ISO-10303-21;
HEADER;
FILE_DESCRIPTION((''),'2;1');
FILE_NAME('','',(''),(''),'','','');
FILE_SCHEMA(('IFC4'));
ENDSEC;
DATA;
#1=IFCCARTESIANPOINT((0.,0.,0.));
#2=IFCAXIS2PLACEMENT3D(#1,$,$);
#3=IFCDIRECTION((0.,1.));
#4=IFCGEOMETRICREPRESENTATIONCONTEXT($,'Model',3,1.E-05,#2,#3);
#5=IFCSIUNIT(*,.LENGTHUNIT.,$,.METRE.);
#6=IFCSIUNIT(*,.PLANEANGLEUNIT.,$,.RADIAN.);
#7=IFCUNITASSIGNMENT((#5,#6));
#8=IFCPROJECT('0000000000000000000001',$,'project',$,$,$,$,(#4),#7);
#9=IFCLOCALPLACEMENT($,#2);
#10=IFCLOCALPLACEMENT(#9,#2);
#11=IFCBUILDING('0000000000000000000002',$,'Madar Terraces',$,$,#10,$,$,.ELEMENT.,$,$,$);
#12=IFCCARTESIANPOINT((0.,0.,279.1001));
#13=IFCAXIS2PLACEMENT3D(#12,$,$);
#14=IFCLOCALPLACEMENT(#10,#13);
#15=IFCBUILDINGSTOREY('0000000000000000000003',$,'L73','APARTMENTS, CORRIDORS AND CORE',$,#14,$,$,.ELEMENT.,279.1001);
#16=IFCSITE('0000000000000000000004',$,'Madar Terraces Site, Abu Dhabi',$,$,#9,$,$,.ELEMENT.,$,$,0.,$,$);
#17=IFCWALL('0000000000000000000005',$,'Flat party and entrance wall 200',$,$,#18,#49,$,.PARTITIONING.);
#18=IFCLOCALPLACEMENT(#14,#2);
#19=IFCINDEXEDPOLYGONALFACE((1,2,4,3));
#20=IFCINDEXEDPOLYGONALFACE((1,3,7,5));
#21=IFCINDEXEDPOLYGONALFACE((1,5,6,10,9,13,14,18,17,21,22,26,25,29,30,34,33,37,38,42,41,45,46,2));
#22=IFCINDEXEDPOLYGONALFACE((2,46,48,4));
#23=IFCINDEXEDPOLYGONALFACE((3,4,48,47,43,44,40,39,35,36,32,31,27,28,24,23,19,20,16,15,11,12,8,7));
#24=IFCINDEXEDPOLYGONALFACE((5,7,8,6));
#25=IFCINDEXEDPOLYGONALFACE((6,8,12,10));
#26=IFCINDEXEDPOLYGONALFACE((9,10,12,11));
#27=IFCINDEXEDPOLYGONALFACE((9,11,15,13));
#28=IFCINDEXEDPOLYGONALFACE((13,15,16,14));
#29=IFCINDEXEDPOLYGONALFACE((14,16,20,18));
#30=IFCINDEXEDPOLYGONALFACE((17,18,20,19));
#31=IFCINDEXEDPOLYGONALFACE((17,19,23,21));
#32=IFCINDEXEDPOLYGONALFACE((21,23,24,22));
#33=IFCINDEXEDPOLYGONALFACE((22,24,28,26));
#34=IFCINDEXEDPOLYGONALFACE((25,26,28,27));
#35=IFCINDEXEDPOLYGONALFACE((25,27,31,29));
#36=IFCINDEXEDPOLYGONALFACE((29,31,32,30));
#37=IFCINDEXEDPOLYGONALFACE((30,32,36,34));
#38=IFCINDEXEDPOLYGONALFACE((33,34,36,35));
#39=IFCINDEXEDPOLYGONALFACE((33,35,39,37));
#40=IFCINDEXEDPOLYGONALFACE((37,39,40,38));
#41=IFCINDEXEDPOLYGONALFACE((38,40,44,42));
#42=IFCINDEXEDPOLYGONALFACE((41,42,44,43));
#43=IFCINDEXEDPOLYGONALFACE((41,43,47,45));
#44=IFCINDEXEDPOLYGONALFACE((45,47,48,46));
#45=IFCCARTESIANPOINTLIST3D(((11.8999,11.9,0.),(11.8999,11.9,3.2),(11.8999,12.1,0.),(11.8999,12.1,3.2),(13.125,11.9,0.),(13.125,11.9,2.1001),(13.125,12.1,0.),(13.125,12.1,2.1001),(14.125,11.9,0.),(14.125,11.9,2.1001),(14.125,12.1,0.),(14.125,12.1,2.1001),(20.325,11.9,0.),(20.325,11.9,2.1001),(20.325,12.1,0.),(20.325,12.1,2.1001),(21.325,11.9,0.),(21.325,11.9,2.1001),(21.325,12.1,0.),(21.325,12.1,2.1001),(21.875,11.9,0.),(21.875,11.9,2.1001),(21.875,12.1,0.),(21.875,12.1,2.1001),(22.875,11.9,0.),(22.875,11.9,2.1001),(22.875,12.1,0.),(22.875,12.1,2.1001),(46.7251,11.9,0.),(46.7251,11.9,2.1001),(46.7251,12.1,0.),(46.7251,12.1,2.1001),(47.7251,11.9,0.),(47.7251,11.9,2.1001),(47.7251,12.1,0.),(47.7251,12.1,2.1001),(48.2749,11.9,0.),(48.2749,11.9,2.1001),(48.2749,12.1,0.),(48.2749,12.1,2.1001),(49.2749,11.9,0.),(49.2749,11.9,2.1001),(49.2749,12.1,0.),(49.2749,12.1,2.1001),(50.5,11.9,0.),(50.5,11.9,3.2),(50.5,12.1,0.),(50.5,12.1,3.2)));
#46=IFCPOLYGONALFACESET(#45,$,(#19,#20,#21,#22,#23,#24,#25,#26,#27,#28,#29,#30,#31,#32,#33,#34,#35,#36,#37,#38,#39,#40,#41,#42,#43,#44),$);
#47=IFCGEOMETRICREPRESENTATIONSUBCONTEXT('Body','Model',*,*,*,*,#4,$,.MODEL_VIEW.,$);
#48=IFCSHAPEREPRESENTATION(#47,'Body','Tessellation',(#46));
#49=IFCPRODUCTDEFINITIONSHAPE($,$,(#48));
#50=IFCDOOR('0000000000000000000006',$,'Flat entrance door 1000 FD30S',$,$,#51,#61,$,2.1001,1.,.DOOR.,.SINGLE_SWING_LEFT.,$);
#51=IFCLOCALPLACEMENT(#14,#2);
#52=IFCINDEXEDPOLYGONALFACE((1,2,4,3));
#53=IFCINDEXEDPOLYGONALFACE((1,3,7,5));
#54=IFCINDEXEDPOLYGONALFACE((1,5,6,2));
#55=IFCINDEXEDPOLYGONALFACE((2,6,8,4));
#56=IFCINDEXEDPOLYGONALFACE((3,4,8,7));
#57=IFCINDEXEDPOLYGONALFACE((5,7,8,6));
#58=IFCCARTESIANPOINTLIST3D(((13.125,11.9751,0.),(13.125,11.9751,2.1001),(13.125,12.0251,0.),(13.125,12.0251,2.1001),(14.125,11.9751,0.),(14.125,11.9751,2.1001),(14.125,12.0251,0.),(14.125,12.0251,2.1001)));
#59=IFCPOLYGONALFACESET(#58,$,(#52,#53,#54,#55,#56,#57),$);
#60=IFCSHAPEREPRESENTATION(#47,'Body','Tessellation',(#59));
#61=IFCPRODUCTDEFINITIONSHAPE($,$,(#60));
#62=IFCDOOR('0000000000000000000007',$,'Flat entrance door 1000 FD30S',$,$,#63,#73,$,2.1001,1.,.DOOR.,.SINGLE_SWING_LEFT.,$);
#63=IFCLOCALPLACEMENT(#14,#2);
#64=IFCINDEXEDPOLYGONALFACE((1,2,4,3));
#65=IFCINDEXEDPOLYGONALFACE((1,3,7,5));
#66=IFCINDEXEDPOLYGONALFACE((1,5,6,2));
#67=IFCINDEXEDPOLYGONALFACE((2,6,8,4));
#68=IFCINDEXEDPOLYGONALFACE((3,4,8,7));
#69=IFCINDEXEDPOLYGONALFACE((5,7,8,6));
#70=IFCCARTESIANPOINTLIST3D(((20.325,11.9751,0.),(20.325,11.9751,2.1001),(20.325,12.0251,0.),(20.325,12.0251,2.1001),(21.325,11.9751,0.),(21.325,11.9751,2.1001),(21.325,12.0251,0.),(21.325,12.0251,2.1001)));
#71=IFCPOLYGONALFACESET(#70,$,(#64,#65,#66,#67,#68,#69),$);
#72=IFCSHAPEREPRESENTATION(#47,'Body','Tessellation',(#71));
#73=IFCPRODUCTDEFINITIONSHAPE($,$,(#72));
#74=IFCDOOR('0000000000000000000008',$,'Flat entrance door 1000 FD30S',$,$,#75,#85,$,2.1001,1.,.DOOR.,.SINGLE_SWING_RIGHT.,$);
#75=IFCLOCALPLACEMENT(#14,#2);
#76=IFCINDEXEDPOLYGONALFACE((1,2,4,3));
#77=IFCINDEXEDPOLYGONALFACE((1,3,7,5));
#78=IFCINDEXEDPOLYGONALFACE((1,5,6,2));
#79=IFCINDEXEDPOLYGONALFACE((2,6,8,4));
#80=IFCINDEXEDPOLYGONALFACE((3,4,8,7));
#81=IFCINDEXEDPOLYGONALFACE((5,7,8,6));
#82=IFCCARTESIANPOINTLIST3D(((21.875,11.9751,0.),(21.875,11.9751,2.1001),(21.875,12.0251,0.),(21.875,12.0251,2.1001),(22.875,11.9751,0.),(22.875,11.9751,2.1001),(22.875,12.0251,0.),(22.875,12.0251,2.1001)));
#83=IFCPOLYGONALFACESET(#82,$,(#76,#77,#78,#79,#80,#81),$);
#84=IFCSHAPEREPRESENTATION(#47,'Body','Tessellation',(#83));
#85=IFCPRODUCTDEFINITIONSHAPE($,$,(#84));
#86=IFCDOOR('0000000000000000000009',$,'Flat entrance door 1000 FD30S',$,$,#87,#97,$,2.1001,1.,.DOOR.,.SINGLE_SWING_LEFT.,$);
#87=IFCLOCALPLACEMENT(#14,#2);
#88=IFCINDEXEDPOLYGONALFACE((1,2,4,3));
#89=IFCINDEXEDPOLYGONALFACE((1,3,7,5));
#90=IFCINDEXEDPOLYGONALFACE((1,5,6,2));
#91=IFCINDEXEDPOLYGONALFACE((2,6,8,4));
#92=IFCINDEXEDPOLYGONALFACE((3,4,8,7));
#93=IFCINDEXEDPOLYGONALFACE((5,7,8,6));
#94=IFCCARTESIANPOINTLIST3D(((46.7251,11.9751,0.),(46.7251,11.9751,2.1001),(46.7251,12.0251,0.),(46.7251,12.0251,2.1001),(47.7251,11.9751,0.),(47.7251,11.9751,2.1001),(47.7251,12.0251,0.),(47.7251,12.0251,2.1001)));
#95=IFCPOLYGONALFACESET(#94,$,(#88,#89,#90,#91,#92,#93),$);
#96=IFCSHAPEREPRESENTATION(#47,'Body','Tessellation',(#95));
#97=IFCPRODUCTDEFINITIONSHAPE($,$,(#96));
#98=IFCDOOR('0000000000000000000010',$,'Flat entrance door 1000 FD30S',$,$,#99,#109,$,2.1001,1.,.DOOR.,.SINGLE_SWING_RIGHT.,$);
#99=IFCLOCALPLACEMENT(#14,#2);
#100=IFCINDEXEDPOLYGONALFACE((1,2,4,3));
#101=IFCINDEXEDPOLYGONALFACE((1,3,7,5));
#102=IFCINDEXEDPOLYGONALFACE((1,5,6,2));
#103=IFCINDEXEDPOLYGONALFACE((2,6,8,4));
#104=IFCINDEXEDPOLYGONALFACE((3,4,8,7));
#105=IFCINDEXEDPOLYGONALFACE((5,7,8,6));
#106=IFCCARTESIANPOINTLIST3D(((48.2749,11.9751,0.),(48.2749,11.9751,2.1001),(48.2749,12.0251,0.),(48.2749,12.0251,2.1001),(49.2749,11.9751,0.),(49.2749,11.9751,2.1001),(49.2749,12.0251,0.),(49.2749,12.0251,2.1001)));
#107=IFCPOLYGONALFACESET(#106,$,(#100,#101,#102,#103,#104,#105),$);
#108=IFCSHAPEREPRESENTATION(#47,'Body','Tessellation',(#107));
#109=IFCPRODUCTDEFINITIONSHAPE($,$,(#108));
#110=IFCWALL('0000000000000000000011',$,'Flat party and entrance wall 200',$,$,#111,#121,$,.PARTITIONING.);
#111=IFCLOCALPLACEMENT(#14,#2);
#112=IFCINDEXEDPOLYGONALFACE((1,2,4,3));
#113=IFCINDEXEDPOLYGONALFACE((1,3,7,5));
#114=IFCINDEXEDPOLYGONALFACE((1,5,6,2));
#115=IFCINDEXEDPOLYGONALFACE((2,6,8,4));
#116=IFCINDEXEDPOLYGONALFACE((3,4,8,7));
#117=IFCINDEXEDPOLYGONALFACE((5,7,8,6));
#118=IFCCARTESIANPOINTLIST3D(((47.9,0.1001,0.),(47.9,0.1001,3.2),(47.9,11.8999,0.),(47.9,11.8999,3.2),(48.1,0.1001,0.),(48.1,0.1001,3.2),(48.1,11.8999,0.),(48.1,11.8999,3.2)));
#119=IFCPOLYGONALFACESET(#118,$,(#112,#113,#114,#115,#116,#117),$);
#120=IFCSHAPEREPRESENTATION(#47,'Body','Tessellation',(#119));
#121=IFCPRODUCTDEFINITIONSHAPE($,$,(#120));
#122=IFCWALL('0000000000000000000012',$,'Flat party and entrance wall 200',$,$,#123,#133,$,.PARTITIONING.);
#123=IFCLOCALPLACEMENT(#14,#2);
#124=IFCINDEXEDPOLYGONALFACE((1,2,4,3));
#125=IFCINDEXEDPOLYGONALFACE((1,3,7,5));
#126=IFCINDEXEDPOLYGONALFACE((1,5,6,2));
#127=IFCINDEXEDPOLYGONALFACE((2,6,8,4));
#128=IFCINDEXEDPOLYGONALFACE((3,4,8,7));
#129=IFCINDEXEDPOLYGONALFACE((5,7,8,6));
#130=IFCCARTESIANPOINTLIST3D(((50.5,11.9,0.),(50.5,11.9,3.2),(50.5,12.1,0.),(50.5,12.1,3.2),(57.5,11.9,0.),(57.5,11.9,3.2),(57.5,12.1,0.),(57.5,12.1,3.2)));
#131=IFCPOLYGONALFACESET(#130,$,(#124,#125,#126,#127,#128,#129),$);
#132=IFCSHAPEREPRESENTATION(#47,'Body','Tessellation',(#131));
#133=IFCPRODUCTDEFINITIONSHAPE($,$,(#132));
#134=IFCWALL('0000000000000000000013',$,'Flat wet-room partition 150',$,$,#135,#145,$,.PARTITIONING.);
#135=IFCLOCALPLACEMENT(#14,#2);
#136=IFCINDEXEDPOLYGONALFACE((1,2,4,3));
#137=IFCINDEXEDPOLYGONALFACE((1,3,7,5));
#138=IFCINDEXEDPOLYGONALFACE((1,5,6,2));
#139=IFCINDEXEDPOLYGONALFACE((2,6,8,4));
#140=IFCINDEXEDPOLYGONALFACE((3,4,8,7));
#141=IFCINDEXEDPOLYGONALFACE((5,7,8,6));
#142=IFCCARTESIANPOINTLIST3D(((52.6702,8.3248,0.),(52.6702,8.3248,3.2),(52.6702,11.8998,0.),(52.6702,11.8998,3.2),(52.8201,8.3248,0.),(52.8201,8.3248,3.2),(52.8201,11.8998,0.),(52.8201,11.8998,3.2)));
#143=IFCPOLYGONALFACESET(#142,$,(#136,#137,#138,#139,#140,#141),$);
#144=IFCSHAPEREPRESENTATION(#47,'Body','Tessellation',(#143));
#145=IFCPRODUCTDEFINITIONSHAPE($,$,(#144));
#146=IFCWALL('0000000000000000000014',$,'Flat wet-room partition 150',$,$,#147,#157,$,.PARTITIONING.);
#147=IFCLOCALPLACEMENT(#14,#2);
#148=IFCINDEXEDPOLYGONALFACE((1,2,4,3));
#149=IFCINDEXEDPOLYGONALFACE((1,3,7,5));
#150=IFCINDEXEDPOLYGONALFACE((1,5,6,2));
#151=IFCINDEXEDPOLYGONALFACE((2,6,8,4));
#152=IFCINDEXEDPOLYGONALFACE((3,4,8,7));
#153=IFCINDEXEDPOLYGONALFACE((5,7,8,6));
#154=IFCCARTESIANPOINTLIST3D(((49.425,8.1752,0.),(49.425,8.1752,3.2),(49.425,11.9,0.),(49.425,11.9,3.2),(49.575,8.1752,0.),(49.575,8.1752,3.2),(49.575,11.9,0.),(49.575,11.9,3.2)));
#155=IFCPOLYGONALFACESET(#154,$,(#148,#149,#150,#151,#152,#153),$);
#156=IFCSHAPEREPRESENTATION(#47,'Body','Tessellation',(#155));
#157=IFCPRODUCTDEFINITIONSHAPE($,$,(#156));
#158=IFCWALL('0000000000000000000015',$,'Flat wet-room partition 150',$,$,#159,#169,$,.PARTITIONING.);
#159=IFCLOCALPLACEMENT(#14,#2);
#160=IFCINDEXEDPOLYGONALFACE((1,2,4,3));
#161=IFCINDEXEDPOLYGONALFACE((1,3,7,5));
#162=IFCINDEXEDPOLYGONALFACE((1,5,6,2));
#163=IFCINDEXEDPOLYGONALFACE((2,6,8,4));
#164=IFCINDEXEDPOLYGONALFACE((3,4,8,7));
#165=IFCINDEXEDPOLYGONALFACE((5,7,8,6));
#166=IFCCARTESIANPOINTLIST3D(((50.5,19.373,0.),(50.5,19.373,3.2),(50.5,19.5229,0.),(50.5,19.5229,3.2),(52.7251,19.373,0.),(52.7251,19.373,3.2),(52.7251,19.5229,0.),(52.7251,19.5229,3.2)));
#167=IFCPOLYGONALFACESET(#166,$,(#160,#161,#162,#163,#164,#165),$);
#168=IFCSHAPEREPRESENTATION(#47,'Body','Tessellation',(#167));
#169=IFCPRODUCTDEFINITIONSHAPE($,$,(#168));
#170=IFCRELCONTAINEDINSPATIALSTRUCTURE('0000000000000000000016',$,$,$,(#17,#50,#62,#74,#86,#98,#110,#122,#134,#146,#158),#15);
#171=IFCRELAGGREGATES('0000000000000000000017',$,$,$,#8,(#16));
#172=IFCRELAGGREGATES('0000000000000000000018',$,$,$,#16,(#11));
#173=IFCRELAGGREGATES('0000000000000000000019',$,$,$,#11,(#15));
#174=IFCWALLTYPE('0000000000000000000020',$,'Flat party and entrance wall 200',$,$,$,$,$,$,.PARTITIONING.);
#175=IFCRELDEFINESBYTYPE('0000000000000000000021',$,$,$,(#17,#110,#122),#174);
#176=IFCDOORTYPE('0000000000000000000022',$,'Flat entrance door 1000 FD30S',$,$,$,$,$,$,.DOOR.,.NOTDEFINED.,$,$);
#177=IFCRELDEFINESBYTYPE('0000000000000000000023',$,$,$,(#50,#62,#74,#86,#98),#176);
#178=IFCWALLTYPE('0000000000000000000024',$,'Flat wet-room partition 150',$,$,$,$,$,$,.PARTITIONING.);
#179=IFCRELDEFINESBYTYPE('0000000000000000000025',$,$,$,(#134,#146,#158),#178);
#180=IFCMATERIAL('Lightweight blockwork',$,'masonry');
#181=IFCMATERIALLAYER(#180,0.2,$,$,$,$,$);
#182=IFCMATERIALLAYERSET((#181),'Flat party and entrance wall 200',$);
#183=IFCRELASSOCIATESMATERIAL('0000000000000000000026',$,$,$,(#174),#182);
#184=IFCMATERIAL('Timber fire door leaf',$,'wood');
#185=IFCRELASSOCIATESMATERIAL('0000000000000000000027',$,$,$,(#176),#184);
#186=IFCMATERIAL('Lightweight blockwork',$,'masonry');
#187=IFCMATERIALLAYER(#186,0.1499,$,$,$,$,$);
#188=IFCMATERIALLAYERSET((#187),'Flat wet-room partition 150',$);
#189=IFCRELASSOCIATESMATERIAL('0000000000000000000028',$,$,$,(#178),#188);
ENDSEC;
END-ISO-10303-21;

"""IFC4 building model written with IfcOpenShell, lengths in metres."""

from ifc_helpers import new_model, si_unit, direction, frame, frame_2d, origin, place, context, subcontext, project, spatial, rectangle, extrude, material, layer, layer_set, type_object, element, fill, save


model = new_model("IFC4")

# Units and contexts
model_context = context("Model", 3, precision=1e-05, world=origin(), true_north=direction((0.0, 1.0)))
body_context = subcontext(model_context, "Body", "Model", "MODEL_VIEW")
ifc_project = project(units=[si_unit("LENGTHUNIT", "METRE"), si_unit("PLANEANGLEUNIT", "RADIAN")], contexts=[model_context])

# Site, building, storey
site_placement = place(None, origin())
site = spatial("IfcSite", under=ifc_project, at=site_placement, Name="Madar Terraces Site, Abu Dhabi", CompositionType="ELEMENT", RefElevation=0.0)
building_placement = place(site_placement, origin())
building = spatial("IfcBuilding", under=site, at=building_placement, Name="Madar Terraces", CompositionType="ELEMENT")
storey_placement = place(building_placement, frame((0.0, 0.0, 279.1001)))
storey = spatial("IfcBuildingStorey", under=building, at=storey_placement, Name="L73", Description="APARTMENTS, CORRIDORS AND CORE", CompositionType="ELEMENT", Elevation=279.1001)

# Wall, openings, doors
ifc_material_1 = material(Name="Lightweight blockwork", Category="masonry")
ifc_layer_1 = layer(ifc_material_1, 0.2)
ifc_layer_set_1 = layer_set([ifc_layer_1], Name="Flat party and entrance wall 200")
wall_type_1 = type_object("IfcWallType", Name="Flat party and entrance wall 200", PredefinedType="PARTITIONING", material=ifc_layer_set_1)
wall_1_placement = place(storey_placement, frame((50.5, 12.0, 0.0), z_axis=(0.0, 0.0, 1.0), x_axis=(-1.0, 0.0, 0.0)))
wall_1 = element("IfcWall", 1, at=wall_1_placement, inside=storey, type_object=wall_type_1, Name="Flat party and entrance wall 200", PredefinedType="PARTITIONING", context=body_context, shape_type="SweptSolid", body=[
    extrude(rectangle(XDim=38.6001, YDim=0.2, at=frame_2d((19.3, 0.0))), origin(), (0.0, 0.0, 1.0), 3.2),
])
opening_1_placement = place(wall_1_placement, frame((36.375, 0.0, 0.0)))
opening_1 = element("IfcOpeningElement", 2, at=opening_1_placement, cuts=wall_1, PredefinedType="OPENING", context=body_context, shape_type="SweptSolid", body=[
    extrude(rectangle(XDim=1.0, YDim=2.1001, at=frame_2d((0.5, 1.05))), frame((0.0, 0.1099, 0.0), z_axis=(0.0, -1.0, 0.0), x_axis=(1.0, 0.0, 0.0)), (0.0, 0.0, 1.0), 0.22),
])
opening_2_placement = place(wall_1_placement, frame((29.175, 0.0, 0.0)))
opening_2 = element("IfcOpeningElement", 3, at=opening_2_placement, cuts=wall_1, PredefinedType="OPENING", context=body_context, shape_type="SweptSolid", body=[
    extrude(rectangle(XDim=1.0, YDim=2.1001, at=frame_2d((0.5, 1.05))), frame((0.0, 0.1099, 0.0), z_axis=(0.0, -1.0, 0.0), x_axis=(1.0, 0.0, 0.0)), (0.0, 0.0, 1.0), 0.22),
])
opening_3_placement = place(wall_1_placement, frame((27.625, 0.0, 0.0)))
opening_3 = element("IfcOpeningElement", 4, at=opening_3_placement, cuts=wall_1, PredefinedType="OPENING", context=body_context, shape_type="SweptSolid", body=[
    extrude(rectangle(XDim=1.0, YDim=2.1001, at=frame_2d((0.5, 1.05))), frame((0.0, 0.1099, 0.0), z_axis=(0.0, -1.0, 0.0), x_axis=(1.0, 0.0, 0.0)), (0.0, 0.0, 1.0), 0.22),
])
opening_4_placement = place(wall_1_placement, frame((2.7749, 0.0, 0.0)))
opening_4 = element("IfcOpeningElement", 5, at=opening_4_placement, cuts=wall_1, PredefinedType="OPENING", context=body_context, shape_type="SweptSolid", body=[
    extrude(rectangle(XDim=1.0, YDim=2.1001, at=frame_2d((0.5, 1.05))), frame((0.0, 0.1099, 0.0), z_axis=(0.0, -1.0, 0.0), x_axis=(1.0, 0.0, 0.0)), (0.0, 0.0, 1.0), 0.22),
])
opening_5_placement = place(wall_1_placement, frame((1.2251, 0.0, 0.0)))
opening_5 = element("IfcOpeningElement", 6, at=opening_5_placement, cuts=wall_1, PredefinedType="OPENING", context=body_context, shape_type="SweptSolid", body=[
    extrude(rectangle(XDim=1.0, YDim=2.1001, at=frame_2d((0.5, 1.05))), frame((0.0, 0.1099, 0.0), z_axis=(0.0, -1.0, 0.0), x_axis=(1.0, 0.0, 0.0)), (0.0, 0.0, 1.0), 0.22),
])
ifc_material_2 = material(Name="Timber fire door leaf", Category="wood")
door_type_1 = type_object("IfcDoorType", Name="Flat entrance door 1000 FD30S", OperationType="NOTDEFINED", PredefinedType="DOOR", material=ifc_material_2)
door_1_placement = place(opening_1_placement, origin())
door_1 = element("IfcDoor", 7, at=door_1_placement, inside=storey, type_object=door_type_1, Name="Flat entrance door 1000 FD30S", OperationType="SINGLE_SWING_LEFT", OverallHeight=2.1001, OverallWidth=1.0, PredefinedType="DOOR", context=body_context, shape_type="SweptSolid", body=[
    extrude(rectangle(XDim=1.0, YDim=2.1001, at=frame_2d((0.5, 1.05))), frame((0.0, 0.0249, 0.0), z_axis=(0.0, -1.0, 0.0), x_axis=(1.0, 0.0, 0.0)), (0.0, 0.0, 1.0), 0.05),
])
fill(opening_1, door_1)
door_2_placement = place(opening_2_placement, origin())
door_2 = element("IfcDoor", 8, at=door_2_placement, inside=storey, type_object=door_type_1, Name="Flat entrance door 1000 FD30S", OperationType="SINGLE_SWING_LEFT", OverallHeight=2.1001, OverallWidth=1.0, PredefinedType="DOOR", context=body_context, shape_type="SweptSolid", body=[
    extrude(rectangle(XDim=1.0, YDim=2.1001, at=frame_2d((0.5, 1.05))), frame((0.0, 0.0249, 0.0), z_axis=(0.0, -1.0, 0.0), x_axis=(1.0, 0.0, 0.0)), (0.0, 0.0, 1.0), 0.05),
])
fill(opening_2, door_2)
door_3_placement = place(opening_3_placement, origin())
door_3 = element("IfcDoor", 9, at=door_3_placement, inside=storey, type_object=door_type_1, Name="Flat entrance door 1000 FD30S", OperationType="SINGLE_SWING_RIGHT", OverallHeight=2.1001, OverallWidth=1.0, PredefinedType="DOOR", context=body_context, shape_type="SweptSolid", body=[
    extrude(rectangle(XDim=1.0, YDim=2.1001, at=frame_2d((0.5, 1.05))), frame((0.0, 0.0249, 0.0), z_axis=(0.0, -1.0, 0.0), x_axis=(1.0, 0.0, 0.0)), (0.0, 0.0, 1.0), 0.05),
])
fill(opening_3, door_3)
door_4_placement = place(opening_4_placement, origin())
door_4 = element("IfcDoor", 10, at=door_4_placement, inside=storey, type_object=door_type_1, Name="Flat entrance door 1000 FD30S", OperationType="SINGLE_SWING_LEFT", OverallHeight=2.1001, OverallWidth=1.0, PredefinedType="DOOR", context=body_context, shape_type="SweptSolid", body=[
    extrude(rectangle(XDim=1.0, YDim=2.1001, at=frame_2d((0.5, 1.05))), frame((0.0, 0.0249, 0.0), z_axis=(0.0, -1.0, 0.0), x_axis=(1.0, 0.0, 0.0)), (0.0, 0.0, 1.0), 0.05),
])
fill(opening_4, door_4)
door_5_placement = place(opening_5_placement, origin())
door_5 = element("IfcDoor", 11, at=door_5_placement, inside=storey, type_object=door_type_1, Name="Flat entrance door 1000 FD30S", OperationType="SINGLE_SWING_RIGHT", OverallHeight=2.1001, OverallWidth=1.0, PredefinedType="DOOR", context=body_context, shape_type="SweptSolid", body=[
    extrude(rectangle(XDim=1.0, YDim=2.1001, at=frame_2d((0.5, 1.05))), frame((0.0, 0.0249, 0.0), z_axis=(0.0, -1.0, 0.0), x_axis=(1.0, 0.0, 0.0)), (0.0, 0.0, 1.0), 0.05),
])
fill(opening_5, door_5)

# Walls
wall_2_placement = place(storey_placement, frame((48.0, 11.8999, 0.0), z_axis=(0.0, 0.0, 1.0), x_axis=(0.0, -1.0, 0.0)))
element("IfcWall", 12, at=wall_2_placement, inside=storey, type_object=wall_type_1, Name="Flat party and entrance wall 200", PredefinedType="PARTITIONING", context=body_context, shape_type="SweptSolid", body=[
    extrude(rectangle(XDim=11.7998, YDim=0.2, at=frame_2d((5.8999, 0.0))), origin(), (0.0, 0.0, 1.0), 3.2),
])
wall_3_placement = place(storey_placement, frame((50.5, 12.0, 0.0), z_axis=(0.0, 0.0, 1.0), x_axis=(1.0, 0.0, 0.0)))
element("IfcWall", 13, at=wall_3_placement, inside=storey, type_object=wall_type_1, Name="Flat party and entrance wall 200", PredefinedType="PARTITIONING", context=body_context, shape_type="SweptSolid", body=[
    extrude(rectangle(XDim=7.0, YDim=0.2, at=frame_2d((3.5, 0.0))), origin(), (0.0, 0.0, 1.0), 3.2),
])
ifc_material_3 = material(Name="Lightweight blockwork", Category="masonry")
ifc_layer_2 = layer(ifc_material_3, 0.1499)
ifc_layer_set_2 = layer_set([ifc_layer_2], Name="Flat wet-room partition 150")
wall_type_2 = type_object("IfcWallType", Name="Flat wet-room partition 150", PredefinedType="PARTITIONING", material=ifc_layer_set_2)
wall_4_placement = place(storey_placement, frame((52.7451, 11.8999, 0.0), z_axis=(0.0, 0.0, 1.0), x_axis=(0.0, -1.0, 0.0)))
element("IfcWall", 14, at=wall_4_placement, inside=storey, type_object=wall_type_2, Name="Flat wet-room partition 150", PredefinedType="PARTITIONING", context=body_context, shape_type="SweptSolid", body=[
    extrude(rectangle(XDim=3.575, YDim=0.1499, at=frame_2d((1.7876, 0.0))), origin(), (0.0, 0.0, 1.0), 3.2),
])
wall_5_placement = place(storey_placement, frame((49.5, 11.8999, 0.0), z_axis=(0.0, 0.0, 1.0), x_axis=(0.0, -1.0, 0.0)))
element("IfcWall", 15, at=wall_5_placement, inside=storey, type_object=wall_type_2, Name="Flat wet-room partition 150", PredefinedType="PARTITIONING", context=body_context, shape_type="SweptSolid", body=[
    extrude(rectangle(XDim=3.7249, YDim=0.1499, at=frame_2d((1.8623, 0.0))), origin(), (0.0, 0.0, 1.0), 3.2),
])
for number, where, z_axis, x_axis, name in (
    (16, (50.5, 19.448, 0.0), (0.0, 0.0, 1.0), (1.0, 0.0, 0.0), "Flat wet-room partition 150"),
):
    element("IfcWall", number, at=place(storey_placement, frame(where, z_axis=z_axis, x_axis=x_axis)), inside=storey, type_object=wall_type_2, Name=name, PredefinedType="PARTITIONING", context=body_context, shape_type="SweptSolid", body=[
        extrude(rectangle(XDim=2.2251, YDim=0.1499, at=frame_2d((1.1125, 0.0))), origin(), (0.0, 0.0, 1.0), 3.2),
    ])

save(model, "model.ifc")
